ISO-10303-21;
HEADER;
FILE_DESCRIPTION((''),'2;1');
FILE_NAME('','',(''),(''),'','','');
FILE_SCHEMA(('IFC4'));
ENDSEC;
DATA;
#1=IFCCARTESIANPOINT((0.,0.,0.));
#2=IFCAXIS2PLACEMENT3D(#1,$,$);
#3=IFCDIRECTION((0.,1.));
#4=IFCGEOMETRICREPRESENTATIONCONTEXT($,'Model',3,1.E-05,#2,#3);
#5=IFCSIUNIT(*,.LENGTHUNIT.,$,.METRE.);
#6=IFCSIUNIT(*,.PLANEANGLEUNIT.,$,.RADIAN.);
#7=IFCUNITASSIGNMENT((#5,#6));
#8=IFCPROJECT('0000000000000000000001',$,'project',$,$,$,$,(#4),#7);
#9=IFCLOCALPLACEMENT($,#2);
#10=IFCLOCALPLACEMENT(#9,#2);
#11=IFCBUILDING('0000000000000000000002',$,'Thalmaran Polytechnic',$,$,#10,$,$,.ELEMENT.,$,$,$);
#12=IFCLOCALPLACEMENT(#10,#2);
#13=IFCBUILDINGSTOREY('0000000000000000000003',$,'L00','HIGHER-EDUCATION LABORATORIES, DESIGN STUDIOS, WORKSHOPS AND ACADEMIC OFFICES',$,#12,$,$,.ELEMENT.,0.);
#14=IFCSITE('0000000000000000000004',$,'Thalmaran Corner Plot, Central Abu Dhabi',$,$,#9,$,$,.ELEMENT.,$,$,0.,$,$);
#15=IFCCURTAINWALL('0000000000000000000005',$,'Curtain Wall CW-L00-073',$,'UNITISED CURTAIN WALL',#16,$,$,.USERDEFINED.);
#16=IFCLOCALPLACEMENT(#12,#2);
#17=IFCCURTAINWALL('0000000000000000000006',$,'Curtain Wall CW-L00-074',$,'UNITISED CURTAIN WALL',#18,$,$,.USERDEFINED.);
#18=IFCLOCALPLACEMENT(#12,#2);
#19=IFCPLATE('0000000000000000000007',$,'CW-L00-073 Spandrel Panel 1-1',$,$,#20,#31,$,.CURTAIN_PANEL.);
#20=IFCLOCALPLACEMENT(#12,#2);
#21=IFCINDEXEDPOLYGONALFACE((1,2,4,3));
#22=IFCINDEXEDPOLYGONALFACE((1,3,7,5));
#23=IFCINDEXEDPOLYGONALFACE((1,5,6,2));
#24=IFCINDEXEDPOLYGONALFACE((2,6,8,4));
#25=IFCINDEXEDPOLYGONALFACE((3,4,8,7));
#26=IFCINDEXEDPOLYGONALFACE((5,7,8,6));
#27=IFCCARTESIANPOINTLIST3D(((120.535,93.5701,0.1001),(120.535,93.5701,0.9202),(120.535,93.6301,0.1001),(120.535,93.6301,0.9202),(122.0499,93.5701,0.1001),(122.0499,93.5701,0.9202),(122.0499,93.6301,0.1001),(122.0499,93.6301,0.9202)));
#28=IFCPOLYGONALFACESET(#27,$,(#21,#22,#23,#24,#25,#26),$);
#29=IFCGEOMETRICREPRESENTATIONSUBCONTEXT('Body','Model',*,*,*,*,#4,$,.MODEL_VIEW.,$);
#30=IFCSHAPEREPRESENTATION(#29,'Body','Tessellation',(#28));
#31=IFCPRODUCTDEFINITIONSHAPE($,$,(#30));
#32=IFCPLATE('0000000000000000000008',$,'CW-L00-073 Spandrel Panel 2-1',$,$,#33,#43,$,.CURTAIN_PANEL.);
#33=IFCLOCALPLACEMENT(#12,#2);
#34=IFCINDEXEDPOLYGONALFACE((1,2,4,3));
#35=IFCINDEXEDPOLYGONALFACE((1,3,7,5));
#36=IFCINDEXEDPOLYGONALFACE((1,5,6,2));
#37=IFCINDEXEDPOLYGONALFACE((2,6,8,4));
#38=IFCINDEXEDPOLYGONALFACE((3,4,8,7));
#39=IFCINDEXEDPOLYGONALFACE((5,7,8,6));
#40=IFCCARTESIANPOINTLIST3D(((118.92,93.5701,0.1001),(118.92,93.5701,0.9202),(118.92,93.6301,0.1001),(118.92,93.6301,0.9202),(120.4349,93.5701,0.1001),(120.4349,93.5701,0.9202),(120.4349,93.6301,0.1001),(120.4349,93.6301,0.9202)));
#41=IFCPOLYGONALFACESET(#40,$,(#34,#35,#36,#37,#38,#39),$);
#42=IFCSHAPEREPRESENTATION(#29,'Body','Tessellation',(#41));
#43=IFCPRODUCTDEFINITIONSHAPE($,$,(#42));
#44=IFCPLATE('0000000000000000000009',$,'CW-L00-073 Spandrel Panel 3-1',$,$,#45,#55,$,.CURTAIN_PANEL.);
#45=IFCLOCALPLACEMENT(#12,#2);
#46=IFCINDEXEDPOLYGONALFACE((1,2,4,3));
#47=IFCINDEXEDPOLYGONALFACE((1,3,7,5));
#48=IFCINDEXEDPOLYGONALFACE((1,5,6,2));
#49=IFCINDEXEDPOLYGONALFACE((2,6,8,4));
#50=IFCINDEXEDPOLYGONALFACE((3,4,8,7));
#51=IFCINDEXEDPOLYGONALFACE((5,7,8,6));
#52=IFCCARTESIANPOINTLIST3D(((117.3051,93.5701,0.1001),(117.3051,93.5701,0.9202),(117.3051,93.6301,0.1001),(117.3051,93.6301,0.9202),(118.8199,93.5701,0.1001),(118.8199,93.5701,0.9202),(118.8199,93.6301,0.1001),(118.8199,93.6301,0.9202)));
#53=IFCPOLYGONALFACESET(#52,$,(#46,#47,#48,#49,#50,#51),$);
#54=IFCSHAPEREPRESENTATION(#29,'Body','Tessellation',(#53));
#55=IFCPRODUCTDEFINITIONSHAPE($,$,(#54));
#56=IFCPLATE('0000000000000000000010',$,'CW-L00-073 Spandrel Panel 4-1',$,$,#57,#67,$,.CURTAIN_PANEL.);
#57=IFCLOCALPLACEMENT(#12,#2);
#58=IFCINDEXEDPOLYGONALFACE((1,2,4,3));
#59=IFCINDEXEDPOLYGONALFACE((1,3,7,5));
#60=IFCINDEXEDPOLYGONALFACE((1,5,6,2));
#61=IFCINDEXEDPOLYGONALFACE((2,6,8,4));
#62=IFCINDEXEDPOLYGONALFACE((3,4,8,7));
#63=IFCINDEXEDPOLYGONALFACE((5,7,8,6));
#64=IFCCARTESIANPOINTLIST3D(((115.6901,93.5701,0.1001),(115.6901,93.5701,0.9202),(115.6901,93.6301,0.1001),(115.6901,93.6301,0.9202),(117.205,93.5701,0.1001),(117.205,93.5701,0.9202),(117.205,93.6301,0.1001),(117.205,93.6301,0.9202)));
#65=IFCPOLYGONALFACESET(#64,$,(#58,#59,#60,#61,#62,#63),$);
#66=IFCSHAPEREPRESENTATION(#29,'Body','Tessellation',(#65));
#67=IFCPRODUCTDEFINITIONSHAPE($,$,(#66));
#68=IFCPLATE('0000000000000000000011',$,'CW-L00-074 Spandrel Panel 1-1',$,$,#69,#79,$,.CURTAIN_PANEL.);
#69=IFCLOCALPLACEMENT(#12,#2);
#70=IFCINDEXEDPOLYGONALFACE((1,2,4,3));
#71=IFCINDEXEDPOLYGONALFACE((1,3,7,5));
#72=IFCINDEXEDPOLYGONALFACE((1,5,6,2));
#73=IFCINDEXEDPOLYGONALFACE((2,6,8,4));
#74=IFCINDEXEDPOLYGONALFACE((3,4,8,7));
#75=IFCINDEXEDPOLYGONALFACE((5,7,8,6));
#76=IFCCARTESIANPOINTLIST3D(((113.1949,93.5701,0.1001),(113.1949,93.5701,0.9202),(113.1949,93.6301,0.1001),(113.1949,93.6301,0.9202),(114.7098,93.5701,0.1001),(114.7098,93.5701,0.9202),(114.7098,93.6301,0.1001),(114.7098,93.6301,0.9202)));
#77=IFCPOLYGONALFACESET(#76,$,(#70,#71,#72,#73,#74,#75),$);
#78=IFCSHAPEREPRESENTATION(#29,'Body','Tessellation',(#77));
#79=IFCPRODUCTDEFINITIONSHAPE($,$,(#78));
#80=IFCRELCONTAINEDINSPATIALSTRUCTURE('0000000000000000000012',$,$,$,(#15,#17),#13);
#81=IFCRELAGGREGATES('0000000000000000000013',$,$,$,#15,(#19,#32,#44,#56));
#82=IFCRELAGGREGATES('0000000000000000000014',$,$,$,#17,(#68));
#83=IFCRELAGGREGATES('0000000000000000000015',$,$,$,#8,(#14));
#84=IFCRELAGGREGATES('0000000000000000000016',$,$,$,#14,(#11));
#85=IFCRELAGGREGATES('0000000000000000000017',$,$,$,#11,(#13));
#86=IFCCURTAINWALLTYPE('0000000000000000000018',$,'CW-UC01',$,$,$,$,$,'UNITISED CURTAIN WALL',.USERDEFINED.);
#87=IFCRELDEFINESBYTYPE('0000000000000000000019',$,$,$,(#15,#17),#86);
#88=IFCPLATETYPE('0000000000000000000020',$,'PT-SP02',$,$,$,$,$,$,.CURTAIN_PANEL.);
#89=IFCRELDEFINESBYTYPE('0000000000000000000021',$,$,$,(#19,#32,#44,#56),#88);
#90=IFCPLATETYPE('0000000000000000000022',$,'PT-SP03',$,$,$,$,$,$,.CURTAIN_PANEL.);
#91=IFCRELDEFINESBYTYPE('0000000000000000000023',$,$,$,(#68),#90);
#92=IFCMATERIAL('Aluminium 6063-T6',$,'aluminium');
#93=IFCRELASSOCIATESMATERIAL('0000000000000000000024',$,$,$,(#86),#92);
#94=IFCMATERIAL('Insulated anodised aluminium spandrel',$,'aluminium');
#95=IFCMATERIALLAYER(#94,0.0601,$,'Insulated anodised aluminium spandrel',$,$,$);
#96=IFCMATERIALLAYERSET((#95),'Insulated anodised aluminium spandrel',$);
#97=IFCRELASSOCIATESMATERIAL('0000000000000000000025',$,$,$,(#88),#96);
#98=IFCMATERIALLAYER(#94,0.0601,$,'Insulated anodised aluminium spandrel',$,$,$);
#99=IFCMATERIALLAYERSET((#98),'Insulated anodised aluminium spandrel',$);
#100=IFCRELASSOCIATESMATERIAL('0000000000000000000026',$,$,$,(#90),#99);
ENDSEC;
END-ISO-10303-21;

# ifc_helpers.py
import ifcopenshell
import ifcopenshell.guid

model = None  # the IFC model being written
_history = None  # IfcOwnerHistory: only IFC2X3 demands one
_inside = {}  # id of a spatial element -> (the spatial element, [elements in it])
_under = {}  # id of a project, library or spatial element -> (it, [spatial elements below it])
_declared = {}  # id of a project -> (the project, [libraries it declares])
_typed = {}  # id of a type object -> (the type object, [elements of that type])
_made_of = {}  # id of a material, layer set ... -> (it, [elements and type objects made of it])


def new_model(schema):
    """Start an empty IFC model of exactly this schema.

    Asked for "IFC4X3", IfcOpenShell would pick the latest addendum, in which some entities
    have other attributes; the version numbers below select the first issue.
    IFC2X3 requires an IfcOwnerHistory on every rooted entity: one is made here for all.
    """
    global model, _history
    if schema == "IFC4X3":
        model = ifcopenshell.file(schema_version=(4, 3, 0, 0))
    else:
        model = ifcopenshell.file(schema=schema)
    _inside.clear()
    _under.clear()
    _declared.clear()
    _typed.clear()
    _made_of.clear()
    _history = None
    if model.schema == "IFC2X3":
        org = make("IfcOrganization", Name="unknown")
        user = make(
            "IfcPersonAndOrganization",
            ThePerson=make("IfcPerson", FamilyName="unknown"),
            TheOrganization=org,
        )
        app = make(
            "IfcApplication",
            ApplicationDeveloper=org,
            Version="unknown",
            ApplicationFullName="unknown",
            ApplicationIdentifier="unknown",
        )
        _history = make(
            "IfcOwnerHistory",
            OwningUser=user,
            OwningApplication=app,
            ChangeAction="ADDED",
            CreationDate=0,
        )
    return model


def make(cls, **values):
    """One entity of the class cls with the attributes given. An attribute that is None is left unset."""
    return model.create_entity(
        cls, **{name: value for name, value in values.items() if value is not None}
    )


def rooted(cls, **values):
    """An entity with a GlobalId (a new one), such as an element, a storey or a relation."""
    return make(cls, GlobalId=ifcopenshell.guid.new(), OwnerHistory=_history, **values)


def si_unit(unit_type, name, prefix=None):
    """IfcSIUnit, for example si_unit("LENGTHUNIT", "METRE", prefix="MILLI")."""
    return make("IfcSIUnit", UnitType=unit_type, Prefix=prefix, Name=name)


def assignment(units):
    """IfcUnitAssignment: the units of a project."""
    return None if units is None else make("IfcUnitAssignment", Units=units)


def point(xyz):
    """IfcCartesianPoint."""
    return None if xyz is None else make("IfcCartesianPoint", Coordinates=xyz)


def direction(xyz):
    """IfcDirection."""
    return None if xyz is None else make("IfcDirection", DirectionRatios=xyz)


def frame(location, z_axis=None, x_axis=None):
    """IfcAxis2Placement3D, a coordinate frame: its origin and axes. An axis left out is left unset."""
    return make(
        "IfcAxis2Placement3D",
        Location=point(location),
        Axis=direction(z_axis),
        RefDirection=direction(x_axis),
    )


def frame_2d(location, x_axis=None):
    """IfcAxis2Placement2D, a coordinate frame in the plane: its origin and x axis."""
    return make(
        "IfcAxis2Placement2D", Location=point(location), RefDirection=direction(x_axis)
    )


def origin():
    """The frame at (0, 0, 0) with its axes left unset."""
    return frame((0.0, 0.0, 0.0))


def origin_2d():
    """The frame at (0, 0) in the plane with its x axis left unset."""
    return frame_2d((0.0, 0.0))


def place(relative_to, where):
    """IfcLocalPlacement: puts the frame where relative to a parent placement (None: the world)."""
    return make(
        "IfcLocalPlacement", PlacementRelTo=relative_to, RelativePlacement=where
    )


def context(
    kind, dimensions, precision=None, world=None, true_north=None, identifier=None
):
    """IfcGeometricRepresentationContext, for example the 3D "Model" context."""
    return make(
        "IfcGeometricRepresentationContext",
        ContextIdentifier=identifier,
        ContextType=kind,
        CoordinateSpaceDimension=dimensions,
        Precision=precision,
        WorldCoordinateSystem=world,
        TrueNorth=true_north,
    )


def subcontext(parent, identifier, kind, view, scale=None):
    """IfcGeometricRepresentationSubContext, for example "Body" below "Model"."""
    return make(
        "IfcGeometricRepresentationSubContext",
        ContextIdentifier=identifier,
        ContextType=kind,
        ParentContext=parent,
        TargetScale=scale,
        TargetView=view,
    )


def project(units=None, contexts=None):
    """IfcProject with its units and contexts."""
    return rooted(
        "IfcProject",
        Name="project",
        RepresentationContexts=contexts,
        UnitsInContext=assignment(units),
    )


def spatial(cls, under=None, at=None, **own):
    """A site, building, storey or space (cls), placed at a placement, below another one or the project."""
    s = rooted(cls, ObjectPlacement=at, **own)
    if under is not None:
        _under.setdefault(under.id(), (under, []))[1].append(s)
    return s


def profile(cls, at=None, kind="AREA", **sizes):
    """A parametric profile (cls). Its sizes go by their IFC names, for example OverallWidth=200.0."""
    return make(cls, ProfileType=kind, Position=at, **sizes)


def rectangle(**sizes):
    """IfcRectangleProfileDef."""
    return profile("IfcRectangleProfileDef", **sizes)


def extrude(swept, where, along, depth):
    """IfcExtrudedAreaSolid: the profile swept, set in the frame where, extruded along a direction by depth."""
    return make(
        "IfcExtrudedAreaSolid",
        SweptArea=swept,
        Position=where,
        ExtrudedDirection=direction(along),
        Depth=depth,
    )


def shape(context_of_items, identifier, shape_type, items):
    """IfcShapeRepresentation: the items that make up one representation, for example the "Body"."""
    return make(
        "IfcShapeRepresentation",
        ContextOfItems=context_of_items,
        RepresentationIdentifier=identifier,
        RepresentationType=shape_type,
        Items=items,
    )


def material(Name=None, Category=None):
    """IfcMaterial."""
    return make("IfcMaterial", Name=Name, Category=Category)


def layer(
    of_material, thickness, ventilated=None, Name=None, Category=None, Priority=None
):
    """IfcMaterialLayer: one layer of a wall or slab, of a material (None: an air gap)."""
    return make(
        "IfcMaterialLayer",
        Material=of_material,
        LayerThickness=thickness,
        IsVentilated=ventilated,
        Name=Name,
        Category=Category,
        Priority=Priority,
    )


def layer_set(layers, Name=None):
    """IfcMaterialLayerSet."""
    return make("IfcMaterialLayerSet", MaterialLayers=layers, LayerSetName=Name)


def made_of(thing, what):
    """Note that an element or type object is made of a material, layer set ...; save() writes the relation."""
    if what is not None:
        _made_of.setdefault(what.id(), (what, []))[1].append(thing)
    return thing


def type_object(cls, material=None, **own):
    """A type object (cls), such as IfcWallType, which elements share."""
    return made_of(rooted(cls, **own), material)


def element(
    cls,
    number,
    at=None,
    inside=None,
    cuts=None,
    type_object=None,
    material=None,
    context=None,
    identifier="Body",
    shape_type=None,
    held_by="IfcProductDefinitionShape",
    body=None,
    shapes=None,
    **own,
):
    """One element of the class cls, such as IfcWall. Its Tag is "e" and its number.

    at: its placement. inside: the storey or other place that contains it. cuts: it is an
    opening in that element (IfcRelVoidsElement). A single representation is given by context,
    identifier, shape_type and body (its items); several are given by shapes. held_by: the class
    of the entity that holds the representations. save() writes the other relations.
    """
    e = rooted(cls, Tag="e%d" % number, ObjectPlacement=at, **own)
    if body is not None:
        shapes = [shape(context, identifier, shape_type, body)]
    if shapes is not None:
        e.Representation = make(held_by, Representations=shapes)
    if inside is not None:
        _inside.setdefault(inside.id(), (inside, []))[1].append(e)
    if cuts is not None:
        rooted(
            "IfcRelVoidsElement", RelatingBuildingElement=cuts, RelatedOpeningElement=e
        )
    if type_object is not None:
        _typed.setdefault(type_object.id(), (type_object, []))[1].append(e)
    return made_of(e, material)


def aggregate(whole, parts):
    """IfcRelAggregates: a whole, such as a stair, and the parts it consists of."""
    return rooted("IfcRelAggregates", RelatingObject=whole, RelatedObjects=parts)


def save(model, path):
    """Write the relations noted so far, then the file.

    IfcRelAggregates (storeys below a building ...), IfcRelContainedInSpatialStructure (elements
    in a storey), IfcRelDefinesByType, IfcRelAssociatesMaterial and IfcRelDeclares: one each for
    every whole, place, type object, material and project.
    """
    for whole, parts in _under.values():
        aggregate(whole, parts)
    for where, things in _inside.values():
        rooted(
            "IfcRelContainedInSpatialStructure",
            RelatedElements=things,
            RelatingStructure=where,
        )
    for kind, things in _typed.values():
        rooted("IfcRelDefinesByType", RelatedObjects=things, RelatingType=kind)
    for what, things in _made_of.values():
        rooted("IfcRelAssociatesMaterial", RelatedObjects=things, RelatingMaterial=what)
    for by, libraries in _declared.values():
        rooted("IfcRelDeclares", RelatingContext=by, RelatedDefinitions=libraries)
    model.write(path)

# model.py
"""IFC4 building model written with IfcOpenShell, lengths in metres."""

from ifc_helpers import new_model, si_unit, direction, frame, origin, origin_2d, place, context, subcontext, project, spatial, rectangle, extrude, material, layer, layer_set, type_object, element, aggregate, save


model = new_model("IFC4")

# Units and contexts
model_context = context("Model", 3, precision=1e-05, world=origin(), true_north=direction((0.0, 1.0)))
body_context = subcontext(model_context, "Body", "Model", "MODEL_VIEW")
ifc_project = project(units=[si_unit("LENGTHUNIT", "METRE"), si_unit("PLANEANGLEUNIT", "RADIAN")], contexts=[model_context])

# Site, building, storey
site_placement = place(None, origin())
site = spatial("IfcSite", under=ifc_project, at=site_placement, Name="Thalmaran Corner Plot, Central Abu Dhabi", CompositionType="ELEMENT", RefElevation=0.0)
building_placement = place(site_placement, origin())
building = spatial("IfcBuilding", under=site, at=building_placement, Name="Thalmaran Polytechnic", CompositionType="ELEMENT")
storey_placement = place(building_placement, origin())
storey = spatial("IfcBuildingStorey", under=building, at=storey_placement, Name="L00", Description="HIGHER-EDUCATION LABORATORIES, DESIGN STUDIOS, WORKSHOPS AND ACADEMIC OFFICES", CompositionType="ELEMENT", Elevation=0.0)

# Curtain walls
ifc_material_1 = material(Name="Aluminium 6063-T6", Category="aluminium")
curtain_wall_type = type_object("IfcCurtainWallType", Name="CW-UC01", ElementType="UNITISED CURTAIN WALL", PredefinedType="USERDEFINED", material=ifc_material_1)
curtain_wall_1_placement = place(storey_placement, origin())
curtain_wall_1 = element("IfcCurtainWall", 1, at=curtain_wall_1_placement, inside=storey, type_object=curtain_wall_type, Name="Curtain Wall CW-L00-073", ObjectType="UNITISED CURTAIN WALL", PredefinedType="USERDEFINED")
curtain_wall_2_placement = place(storey_placement, origin())
curtain_wall_2 = element("IfcCurtainWall", 2, at=curtain_wall_2_placement, inside=storey, type_object=curtain_wall_type, Name="Curtain Wall CW-L00-074", ObjectType="UNITISED CURTAIN WALL", PredefinedType="USERDEFINED")

# Plates
ifc_material_2 = material(Name="Insulated anodised aluminium spandrel", Category="aluminium")
ifc_layer_1 = layer(ifc_material_2, 0.0601, Name="Insulated anodised aluminium spandrel")
ifc_layer_set_1 = layer_set([ifc_layer_1], Name="Insulated anodised aluminium spandrel")
plate_type_1 = type_object("IfcPlateType", Name="PT-SP02", PredefinedType="CURTAIN_PANEL", material=ifc_layer_set_1)
plate_1_placement = place(storey_placement, frame((121.2925, 93.6001, 0.1001), z_axis=(0.0, 0.0, 1.0), x_axis=(-1.0, 0.0, 0.0)))
plate_1 = element("IfcPlate", 3, at=plate_1_placement, type_object=plate_type_1, Name="CW-L00-073 Spandrel Panel 1-1", PredefinedType="CURTAIN_PANEL", context=body_context, shape_type="SweptSolid", body=[
    extrude(rectangle(XDim=1.5149, YDim=0.0601, at=origin_2d()), origin(), (0.0, 0.0, 1.0), 0.8201),
])
plate_2_placement = place(storey_placement, frame((119.6775, 93.6001, 0.1001), z_axis=(0.0, 0.0, 1.0), x_axis=(-1.0, 0.0, 0.0)))
plate_2 = element("IfcPlate", 4, at=plate_2_placement, type_object=plate_type_1, Name="CW-L00-073 Spandrel Panel 2-1", PredefinedType="CURTAIN_PANEL", context=body_context, shape_type="SweptSolid", body=[
    extrude(rectangle(XDim=1.5149, YDim=0.0601, at=origin_2d()), origin(), (0.0, 0.0, 1.0), 0.8201),
])
plate_3_placement = place(storey_placement, frame((118.0625, 93.6001, 0.1001), z_axis=(0.0, 0.0, 1.0), x_axis=(-1.0, 0.0, 0.0)))
plate_3 = element("IfcPlate", 5, at=plate_3_placement, type_object=plate_type_1, Name="CW-L00-073 Spandrel Panel 3-1", PredefinedType="CURTAIN_PANEL", context=body_context, shape_type="SweptSolid", body=[
    extrude(rectangle(XDim=1.5149, YDim=0.0601, at=origin_2d()), origin(), (0.0, 0.0, 1.0), 0.8201),
])
plate_4_placement = place(storey_placement, frame((116.4475, 93.6001, 0.1001), z_axis=(0.0, 0.0, 1.0), x_axis=(-1.0, 0.0, 0.0)))
plate_4 = element("IfcPlate", 6, at=plate_4_placement, type_object=plate_type_1, Name="CW-L00-073 Spandrel Panel 4-1", PredefinedType="CURTAIN_PANEL", context=body_context, shape_type="SweptSolid", body=[
    extrude(rectangle(XDim=1.5149, YDim=0.0601, at=origin_2d()), origin(), (0.0, 0.0, 1.0), 0.8201),
])
aggregate(curtain_wall_1, [plate_1, plate_2, plate_3, plate_4])
ifc_layer_2 = layer(ifc_material_2, 0.0601, Name="Insulated anodised aluminium spandrel")
ifc_layer_set_2 = layer_set([ifc_layer_2], Name="Insulated anodised aluminium spandrel")
plate_type_2 = type_object("IfcPlateType", Name="PT-SP03", PredefinedType="CURTAIN_PANEL", material=ifc_layer_set_2)
plate_5_placement = place(storey_placement, frame((113.9524, 93.6001, 0.1001), z_axis=(0.0, 0.0, 1.0), x_axis=(-1.0, 0.0, 0.0)))
plate_5 = element("IfcPlate", 7, at=plate_5_placement, type_object=plate_type_2, Name="CW-L00-074 Spandrel Panel 1-1", PredefinedType="CURTAIN_PANEL", context=body_context, shape_type="SweptSolid", body=[
    extrude(rectangle(XDim=1.5149, YDim=0.0601, at=origin_2d()), origin(), (0.0, 0.0, 1.0), 0.8201),
])
aggregate(curtain_wall_2, [plate_5])

save(model, "model.ifc")
